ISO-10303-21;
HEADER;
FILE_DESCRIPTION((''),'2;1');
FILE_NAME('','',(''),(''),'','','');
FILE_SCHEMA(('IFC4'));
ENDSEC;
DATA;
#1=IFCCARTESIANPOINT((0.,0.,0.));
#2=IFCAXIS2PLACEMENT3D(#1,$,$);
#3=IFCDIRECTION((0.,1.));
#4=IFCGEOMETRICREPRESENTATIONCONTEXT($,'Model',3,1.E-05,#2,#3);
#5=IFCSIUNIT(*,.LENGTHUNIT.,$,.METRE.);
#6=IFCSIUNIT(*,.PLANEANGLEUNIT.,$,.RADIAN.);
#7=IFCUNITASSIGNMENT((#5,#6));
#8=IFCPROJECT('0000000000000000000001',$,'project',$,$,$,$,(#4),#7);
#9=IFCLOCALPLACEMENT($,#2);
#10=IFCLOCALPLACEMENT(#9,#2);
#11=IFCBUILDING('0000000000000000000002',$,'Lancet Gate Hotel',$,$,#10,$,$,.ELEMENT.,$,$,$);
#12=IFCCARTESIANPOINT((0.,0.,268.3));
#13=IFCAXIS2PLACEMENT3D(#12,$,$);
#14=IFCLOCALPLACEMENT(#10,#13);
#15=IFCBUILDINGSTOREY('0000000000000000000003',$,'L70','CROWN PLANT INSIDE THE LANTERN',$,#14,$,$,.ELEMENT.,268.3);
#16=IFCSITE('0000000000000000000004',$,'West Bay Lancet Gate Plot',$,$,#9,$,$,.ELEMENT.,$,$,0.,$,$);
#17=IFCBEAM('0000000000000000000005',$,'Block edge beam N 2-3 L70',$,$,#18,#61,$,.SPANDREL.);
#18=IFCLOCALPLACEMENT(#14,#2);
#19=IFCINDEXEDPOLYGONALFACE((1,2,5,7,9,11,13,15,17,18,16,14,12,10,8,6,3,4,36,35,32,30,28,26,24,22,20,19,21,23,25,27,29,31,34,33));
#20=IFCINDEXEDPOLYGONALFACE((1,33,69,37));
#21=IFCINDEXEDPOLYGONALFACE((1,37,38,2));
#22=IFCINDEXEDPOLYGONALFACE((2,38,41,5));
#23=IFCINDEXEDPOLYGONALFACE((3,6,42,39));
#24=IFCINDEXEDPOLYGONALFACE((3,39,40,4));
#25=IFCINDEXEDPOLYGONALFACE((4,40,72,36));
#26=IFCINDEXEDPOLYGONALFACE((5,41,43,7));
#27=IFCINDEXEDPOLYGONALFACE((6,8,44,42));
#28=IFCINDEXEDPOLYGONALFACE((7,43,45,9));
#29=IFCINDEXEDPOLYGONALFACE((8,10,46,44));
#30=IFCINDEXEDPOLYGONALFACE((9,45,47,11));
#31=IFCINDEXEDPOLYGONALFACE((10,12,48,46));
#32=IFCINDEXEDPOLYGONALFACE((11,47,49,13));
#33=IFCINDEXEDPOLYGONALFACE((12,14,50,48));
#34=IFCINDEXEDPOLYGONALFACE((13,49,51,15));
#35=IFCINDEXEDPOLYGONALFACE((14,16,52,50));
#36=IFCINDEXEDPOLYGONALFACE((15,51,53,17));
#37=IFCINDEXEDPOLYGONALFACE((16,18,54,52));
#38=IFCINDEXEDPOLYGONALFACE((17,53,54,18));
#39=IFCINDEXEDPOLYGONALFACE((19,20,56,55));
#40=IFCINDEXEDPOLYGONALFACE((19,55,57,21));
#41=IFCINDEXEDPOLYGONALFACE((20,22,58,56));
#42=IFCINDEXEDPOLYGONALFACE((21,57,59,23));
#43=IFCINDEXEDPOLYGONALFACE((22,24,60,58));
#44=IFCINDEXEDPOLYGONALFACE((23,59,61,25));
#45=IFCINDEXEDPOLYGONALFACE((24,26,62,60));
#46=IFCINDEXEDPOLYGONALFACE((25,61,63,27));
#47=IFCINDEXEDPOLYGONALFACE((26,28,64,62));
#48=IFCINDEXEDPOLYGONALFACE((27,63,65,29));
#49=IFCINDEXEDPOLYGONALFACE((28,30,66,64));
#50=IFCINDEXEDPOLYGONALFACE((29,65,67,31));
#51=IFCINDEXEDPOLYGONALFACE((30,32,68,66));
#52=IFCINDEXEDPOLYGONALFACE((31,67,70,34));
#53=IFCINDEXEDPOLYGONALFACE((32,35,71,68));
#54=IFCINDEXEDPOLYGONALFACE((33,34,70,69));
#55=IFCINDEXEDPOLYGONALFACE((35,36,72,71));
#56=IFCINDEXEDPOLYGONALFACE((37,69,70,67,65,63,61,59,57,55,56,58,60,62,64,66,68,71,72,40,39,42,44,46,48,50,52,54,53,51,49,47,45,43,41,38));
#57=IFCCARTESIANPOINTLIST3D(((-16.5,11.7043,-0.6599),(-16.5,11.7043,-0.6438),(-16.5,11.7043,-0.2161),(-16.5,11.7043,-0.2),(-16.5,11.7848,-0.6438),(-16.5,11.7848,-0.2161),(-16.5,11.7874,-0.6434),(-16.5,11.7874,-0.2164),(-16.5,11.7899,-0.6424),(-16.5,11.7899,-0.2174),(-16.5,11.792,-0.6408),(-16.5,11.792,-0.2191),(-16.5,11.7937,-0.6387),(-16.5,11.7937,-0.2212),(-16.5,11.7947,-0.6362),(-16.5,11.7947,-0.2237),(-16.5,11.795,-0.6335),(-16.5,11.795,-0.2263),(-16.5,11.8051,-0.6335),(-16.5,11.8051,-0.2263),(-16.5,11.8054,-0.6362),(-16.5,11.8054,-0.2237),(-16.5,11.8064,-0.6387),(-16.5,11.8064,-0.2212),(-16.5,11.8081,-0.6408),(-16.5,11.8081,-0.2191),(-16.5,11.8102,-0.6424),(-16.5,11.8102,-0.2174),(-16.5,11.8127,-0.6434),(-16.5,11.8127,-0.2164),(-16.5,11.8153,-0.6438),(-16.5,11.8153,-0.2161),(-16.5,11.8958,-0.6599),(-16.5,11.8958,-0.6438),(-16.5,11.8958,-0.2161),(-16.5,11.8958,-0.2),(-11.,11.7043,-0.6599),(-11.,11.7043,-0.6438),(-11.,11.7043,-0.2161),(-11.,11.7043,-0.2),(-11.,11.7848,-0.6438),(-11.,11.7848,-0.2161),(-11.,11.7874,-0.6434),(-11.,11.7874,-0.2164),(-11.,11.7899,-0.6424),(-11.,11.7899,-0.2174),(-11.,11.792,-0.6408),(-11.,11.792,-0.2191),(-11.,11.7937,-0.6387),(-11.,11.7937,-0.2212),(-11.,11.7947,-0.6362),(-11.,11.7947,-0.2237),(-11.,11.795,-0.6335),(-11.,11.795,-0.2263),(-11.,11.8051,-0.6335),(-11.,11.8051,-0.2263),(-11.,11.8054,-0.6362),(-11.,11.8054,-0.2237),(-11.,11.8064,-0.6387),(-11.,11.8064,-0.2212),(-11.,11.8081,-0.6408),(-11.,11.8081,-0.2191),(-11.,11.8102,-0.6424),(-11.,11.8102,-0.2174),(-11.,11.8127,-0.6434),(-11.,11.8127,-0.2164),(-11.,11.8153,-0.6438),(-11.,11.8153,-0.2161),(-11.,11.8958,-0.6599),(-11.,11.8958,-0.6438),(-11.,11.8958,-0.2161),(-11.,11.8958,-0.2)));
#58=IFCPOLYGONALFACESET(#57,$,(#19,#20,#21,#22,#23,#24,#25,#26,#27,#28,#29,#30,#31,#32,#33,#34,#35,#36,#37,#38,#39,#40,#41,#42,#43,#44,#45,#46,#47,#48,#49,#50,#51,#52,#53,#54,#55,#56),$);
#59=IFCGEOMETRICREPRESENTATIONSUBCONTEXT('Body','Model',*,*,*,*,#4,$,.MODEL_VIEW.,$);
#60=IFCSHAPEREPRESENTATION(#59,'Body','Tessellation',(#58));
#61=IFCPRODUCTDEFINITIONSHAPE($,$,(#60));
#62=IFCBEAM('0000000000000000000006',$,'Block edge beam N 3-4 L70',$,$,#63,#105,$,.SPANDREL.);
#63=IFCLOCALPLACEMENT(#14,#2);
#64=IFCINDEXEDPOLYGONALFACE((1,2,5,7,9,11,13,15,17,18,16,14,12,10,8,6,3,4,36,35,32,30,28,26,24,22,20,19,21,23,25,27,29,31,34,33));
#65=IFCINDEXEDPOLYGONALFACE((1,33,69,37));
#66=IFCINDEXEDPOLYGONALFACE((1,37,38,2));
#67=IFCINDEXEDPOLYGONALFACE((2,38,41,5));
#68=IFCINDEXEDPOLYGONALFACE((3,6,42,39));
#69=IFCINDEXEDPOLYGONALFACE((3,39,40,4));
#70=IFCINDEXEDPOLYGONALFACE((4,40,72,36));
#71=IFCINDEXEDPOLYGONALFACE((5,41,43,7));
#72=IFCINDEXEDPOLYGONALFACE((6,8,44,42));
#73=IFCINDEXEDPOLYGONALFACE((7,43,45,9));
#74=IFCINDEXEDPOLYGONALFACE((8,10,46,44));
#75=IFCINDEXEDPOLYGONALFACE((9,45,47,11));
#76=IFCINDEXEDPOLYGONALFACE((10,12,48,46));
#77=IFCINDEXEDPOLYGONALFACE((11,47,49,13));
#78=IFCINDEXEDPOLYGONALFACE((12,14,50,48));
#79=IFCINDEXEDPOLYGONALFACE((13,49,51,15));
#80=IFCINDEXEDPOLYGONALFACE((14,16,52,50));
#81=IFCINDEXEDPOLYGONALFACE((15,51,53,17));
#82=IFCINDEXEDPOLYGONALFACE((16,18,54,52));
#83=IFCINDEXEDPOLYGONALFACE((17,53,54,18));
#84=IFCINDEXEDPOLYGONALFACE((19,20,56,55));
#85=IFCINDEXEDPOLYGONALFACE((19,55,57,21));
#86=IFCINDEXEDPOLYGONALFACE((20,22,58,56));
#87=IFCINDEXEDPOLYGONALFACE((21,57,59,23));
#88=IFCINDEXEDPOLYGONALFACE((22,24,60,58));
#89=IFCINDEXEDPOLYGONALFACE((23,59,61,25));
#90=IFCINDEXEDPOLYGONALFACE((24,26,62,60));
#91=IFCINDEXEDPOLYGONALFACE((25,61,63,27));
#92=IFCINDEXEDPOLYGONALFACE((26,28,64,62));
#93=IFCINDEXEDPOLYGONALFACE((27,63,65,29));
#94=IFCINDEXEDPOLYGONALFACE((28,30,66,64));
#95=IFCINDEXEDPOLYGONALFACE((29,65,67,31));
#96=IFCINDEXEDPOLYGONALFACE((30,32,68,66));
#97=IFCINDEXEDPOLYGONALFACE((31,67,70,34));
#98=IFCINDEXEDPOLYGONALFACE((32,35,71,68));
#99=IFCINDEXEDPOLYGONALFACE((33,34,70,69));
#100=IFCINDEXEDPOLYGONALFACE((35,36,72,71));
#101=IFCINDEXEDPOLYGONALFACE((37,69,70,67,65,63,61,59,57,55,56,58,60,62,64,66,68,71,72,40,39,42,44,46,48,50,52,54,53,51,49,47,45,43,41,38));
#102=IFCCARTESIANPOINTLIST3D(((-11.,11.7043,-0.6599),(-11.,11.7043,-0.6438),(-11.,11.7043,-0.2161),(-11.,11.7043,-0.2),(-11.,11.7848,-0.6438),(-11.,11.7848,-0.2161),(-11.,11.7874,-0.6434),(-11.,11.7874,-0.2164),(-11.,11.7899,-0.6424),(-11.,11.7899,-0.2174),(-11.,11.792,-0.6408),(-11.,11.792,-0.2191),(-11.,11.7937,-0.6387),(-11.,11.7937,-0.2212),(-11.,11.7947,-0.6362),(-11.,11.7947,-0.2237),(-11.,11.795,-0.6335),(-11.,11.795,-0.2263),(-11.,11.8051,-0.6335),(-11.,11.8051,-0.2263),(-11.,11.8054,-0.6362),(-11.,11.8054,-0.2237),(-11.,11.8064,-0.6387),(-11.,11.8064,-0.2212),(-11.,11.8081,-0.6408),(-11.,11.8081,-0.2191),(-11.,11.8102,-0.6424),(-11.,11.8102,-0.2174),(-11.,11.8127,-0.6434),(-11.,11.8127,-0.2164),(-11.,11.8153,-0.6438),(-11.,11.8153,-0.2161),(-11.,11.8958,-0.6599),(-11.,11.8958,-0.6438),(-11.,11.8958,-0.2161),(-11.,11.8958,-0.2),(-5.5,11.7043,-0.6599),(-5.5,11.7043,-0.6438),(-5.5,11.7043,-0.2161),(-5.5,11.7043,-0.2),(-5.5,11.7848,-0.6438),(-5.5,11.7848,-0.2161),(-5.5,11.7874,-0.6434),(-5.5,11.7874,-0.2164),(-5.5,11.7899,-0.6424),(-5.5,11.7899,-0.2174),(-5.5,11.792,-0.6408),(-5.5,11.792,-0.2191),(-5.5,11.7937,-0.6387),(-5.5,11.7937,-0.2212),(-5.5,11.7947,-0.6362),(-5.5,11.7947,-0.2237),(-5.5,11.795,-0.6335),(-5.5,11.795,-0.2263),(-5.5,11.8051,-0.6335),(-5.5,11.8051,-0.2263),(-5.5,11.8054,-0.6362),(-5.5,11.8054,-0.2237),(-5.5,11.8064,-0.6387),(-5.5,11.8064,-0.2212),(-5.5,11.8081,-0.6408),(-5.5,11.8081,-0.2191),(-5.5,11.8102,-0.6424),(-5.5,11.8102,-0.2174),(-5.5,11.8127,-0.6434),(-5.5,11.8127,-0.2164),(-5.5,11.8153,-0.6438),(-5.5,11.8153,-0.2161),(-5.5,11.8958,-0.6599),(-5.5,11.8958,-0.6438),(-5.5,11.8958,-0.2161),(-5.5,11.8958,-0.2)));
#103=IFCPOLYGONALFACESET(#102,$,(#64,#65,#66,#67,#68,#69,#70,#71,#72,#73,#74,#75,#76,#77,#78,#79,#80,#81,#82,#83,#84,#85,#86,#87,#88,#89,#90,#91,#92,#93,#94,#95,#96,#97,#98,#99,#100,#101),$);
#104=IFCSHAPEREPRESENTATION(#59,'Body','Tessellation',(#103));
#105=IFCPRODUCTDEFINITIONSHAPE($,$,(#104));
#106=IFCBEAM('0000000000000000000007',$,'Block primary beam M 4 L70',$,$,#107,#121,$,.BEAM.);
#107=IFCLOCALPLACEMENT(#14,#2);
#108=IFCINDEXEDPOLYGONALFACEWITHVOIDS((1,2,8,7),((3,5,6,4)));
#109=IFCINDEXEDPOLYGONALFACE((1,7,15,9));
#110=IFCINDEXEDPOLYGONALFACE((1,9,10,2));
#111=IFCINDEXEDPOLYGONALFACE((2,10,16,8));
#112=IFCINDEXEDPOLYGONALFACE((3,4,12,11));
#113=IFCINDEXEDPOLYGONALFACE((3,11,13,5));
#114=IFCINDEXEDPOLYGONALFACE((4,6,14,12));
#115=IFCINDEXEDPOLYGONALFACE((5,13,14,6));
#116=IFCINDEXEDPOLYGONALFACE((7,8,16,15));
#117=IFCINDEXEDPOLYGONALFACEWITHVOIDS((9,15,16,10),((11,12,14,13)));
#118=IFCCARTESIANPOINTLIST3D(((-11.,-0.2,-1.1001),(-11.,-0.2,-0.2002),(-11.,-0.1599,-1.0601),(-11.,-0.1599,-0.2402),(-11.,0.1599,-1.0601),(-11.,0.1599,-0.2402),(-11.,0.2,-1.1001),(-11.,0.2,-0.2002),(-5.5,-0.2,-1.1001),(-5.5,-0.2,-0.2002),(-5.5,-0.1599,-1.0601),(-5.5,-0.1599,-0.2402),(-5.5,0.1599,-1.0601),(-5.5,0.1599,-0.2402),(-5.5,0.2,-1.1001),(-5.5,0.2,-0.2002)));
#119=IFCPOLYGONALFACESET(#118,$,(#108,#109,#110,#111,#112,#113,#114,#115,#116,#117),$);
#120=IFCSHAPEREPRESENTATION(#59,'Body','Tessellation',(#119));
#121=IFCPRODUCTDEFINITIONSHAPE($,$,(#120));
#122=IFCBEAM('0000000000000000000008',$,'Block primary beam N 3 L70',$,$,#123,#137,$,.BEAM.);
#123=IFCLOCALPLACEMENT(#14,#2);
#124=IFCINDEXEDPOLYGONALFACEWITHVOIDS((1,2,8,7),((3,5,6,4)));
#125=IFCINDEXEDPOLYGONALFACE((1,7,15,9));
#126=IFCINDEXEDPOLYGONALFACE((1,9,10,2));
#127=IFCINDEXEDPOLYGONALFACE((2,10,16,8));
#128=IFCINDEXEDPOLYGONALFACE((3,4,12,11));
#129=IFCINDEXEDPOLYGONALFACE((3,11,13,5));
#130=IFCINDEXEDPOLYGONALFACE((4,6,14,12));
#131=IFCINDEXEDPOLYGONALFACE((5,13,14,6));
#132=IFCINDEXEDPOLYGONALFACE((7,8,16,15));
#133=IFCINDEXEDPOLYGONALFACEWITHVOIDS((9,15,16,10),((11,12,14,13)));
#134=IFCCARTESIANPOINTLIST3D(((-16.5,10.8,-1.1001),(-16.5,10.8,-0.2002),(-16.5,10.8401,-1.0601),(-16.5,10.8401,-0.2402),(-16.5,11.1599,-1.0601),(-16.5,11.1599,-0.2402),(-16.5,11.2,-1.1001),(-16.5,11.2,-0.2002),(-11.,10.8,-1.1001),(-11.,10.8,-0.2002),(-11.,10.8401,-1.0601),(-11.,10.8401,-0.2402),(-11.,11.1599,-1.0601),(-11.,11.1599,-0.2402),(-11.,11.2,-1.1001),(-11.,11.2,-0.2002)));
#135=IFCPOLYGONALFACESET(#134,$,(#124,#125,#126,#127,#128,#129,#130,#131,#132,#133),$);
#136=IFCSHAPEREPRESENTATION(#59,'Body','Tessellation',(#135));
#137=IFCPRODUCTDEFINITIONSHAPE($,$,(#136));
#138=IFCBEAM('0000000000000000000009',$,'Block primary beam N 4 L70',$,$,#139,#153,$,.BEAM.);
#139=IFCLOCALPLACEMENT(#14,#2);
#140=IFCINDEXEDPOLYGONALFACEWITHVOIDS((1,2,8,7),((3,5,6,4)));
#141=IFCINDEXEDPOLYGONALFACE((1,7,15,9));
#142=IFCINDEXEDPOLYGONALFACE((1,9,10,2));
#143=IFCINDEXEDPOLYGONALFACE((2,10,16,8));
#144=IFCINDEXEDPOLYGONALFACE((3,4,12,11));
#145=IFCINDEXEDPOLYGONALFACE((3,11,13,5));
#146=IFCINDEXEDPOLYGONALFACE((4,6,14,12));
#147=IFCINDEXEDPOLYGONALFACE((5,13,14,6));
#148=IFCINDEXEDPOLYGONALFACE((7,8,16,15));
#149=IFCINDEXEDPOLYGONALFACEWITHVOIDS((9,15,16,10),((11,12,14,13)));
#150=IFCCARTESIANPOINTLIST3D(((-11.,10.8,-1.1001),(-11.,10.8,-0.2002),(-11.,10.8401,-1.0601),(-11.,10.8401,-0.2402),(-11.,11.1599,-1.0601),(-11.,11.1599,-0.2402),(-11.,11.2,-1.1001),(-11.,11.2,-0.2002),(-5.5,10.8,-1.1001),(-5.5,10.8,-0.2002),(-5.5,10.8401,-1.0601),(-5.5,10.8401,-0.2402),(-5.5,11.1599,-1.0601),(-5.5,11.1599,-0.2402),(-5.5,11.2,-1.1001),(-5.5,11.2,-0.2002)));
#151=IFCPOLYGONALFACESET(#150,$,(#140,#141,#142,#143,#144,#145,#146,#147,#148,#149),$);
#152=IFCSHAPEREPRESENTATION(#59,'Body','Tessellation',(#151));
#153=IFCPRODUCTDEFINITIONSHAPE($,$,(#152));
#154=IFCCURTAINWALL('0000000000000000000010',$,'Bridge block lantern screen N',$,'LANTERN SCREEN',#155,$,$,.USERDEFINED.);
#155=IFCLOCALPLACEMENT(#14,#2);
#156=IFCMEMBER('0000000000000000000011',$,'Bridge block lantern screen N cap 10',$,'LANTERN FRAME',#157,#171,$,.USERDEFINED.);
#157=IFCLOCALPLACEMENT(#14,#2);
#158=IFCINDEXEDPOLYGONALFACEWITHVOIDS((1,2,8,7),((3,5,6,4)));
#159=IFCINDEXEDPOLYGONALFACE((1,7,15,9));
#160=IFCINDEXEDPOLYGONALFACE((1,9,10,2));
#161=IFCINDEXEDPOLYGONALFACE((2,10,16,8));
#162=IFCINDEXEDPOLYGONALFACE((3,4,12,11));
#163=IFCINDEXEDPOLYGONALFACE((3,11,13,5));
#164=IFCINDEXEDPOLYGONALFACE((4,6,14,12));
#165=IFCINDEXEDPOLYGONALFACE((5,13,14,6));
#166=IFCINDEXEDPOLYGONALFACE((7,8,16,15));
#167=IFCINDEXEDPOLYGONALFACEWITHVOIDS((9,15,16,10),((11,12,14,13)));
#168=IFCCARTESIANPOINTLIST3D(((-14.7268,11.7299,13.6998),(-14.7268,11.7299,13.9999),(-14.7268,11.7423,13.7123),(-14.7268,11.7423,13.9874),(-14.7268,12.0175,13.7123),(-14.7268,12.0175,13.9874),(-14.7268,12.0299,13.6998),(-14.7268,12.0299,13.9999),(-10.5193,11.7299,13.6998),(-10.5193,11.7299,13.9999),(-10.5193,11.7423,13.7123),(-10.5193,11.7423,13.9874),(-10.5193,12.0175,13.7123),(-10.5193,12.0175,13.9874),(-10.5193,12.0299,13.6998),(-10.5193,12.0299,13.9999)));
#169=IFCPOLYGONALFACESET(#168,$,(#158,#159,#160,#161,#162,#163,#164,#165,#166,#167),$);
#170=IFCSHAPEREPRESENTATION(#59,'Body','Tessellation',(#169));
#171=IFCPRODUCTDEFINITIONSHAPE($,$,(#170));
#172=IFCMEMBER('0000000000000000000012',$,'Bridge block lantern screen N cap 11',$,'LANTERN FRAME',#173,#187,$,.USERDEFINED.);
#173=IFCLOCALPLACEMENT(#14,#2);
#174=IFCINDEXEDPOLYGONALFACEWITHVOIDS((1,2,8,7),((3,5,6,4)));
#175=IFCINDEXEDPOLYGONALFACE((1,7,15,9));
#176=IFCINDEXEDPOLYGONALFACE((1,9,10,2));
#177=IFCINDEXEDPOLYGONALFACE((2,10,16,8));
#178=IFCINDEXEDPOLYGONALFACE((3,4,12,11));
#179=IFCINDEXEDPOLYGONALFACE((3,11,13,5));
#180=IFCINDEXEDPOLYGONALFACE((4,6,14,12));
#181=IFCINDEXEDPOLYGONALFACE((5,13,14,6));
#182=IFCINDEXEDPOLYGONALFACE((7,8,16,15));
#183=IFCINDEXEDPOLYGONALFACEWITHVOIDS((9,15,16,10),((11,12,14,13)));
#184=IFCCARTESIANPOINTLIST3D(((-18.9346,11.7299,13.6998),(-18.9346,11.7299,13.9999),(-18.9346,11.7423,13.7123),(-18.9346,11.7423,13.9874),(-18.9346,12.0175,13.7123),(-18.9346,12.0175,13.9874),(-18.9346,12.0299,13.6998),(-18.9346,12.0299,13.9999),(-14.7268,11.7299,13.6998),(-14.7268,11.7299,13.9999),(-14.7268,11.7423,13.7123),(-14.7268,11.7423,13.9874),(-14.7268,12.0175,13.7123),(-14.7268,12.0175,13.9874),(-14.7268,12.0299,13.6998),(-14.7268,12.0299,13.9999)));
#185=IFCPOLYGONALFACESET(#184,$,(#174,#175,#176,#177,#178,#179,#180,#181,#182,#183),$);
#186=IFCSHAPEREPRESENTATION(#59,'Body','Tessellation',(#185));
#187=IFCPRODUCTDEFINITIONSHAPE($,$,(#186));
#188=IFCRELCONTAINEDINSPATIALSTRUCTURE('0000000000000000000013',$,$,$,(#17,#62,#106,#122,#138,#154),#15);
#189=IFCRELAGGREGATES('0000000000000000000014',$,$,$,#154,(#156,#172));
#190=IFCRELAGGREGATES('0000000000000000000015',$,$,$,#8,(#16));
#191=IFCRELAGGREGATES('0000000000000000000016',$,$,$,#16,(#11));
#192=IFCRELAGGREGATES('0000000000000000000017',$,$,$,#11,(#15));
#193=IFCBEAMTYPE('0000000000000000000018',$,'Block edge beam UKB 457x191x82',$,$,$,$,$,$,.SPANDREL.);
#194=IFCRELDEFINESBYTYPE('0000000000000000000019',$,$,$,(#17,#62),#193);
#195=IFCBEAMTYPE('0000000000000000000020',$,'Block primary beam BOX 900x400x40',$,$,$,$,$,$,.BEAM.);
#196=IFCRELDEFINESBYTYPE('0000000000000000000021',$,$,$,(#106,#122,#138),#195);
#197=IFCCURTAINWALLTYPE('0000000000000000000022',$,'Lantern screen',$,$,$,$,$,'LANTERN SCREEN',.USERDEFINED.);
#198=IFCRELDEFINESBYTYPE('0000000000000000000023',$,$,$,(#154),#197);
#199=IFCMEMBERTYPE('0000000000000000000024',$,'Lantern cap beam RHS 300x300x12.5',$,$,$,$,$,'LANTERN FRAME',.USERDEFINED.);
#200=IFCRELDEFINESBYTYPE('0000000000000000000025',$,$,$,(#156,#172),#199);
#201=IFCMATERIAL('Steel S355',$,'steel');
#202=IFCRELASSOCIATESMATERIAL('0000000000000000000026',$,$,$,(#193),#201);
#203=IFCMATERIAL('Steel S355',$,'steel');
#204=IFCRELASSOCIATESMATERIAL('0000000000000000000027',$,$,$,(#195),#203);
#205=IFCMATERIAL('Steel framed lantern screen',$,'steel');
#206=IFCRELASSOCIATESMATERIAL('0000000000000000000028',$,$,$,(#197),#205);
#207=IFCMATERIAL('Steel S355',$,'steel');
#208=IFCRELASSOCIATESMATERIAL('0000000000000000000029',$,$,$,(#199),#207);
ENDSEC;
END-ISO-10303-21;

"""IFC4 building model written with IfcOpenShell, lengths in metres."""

from ifc_helpers import new_model, si_unit, direction, frame, origin, origin_2d, place, context, subcontext, project, spatial, hollow_rectangle, i_section, extrude, material, material_profile, profile_set, type_object, element, aggregate, save


model = new_model("IFC4")

# Units and contexts
model_context = context("Model", 3, precision=1e-05, world=origin(), true_north=direction((0.0, 1.0)))
body_context = subcontext(model_context, "Body", "Model", "MODEL_VIEW")
ifc_project = project(units=[si_unit("LENGTHUNIT", "METRE"), si_unit("PLANEANGLEUNIT", "RADIAN")], contexts=[model_context])

# Site, building, storey
site_placement = place(None, origin())
site = spatial("IfcSite", under=ifc_project, at=site_placement, Name="West Bay Lancet Gate Plot", CompositionType="ELEMENT", RefElevation=0.0)
building_placement = place(site_placement, origin())
building = spatial("IfcBuilding", under=site, at=building_placement, Name="Lancet Gate Hotel", CompositionType="ELEMENT")
storey_placement = place(building_placement, frame((0.0, 0.0, 268.3)))
storey = spatial("IfcBuildingStorey", under=building, at=storey_placement, Name="L70", Description="CROWN PLANT INSIDE THE LANTERN", CompositionType="ELEMENT", Elevation=268.3)

# Beams
ifc_material_1 = material(Name="Steel S355", Category="steel")
ifc_material_profile_1 = material_profile(ifc_material_1, i_section(OverallWidth=0.1914, OverallDepth=0.46, WebThickness=0.01, FlangeThickness=0.0161, FilletRadius=0.0103, at=origin_2d()), Name="UKB 457x191x82")
ifc_profile_set_1 = profile_set([ifc_material_profile_1], Name="Steel S355")
beam_type_1 = type_object("IfcBeamType", Name="Block edge beam UKB 457x191x82", PredefinedType="SPANDREL", material=ifc_profile_set_1)
for number, where, z_axis, x_axis, name in (
    (1, (-16.5, 11.8, -0.4299), (1.0, 0.0, 0.0), (0.0, 1.0, 0.0), "Block edge beam N 2-3 L70"),
    (2, (-11.0, 11.8, -0.4299), (1.0, 0.0, 0.0), (0.0, 1.0, 0.0), "Block edge beam N 3-4 L70"),
):
    element("IfcBeam", number, at=place(storey_placement, frame(where, z_axis=z_axis, x_axis=x_axis)), inside=storey, type_object=beam_type_1, Name=name, PredefinedType="SPANDREL", context=body_context, shape_type="SweptSolid", body=[
        extrude(i_section(OverallWidth=0.1914, OverallDepth=0.46, WebThickness=0.01, FlangeThickness=0.0161, FilletRadius=0.0103, at=origin_2d()), origin(), (0.0, 0.0, 1.0), 5.5),
    ])
ifc_material_2 = material(Name="Steel S355", Category="steel")
ifc_material_profile_2 = material_profile(ifc_material_2, hollow_rectangle(XDim=0.3999, YDim=0.8999, WallThickness=0.04, at=origin_2d()), Name="BOX 900x400x40")
ifc_profile_set_2 = profile_set([ifc_material_profile_2], Name="Steel S355")
beam_type_2 = type_object("IfcBeamType", Name="Block primary beam BOX 900x400x40", PredefinedType="BEAM", material=ifc_profile_set_2)
for number, where, z_axis, x_axis, name in (
    (3, (-11.0, 0.0, -0.6501), (1.0, 0.0, 0.0), (0.0, 1.0, 0.0), "Block primary beam M 4 L70"),
    (4, (-16.5, 11.0, -0.6501), (1.0, 0.0, 0.0), (0.0, 1.0, 0.0), "Block primary beam N 3 L70"),
    (5, (-11.0, 11.0, -0.6501), (1.0, 0.0, 0.0), (0.0, 1.0, 0.0), "Block primary beam N 4 L70"),
):
    element("IfcBeam", number, at=place(storey_placement, frame(where, z_axis=z_axis, x_axis=x_axis)), inside=storey, type_object=beam_type_2, Name=name, PredefinedType="BEAM", context=body_context, shape_type="SweptSolid", body=[
        extrude(hollow_rectangle(XDim=0.3999, YDim=0.8999, WallThickness=0.04, at=origin_2d()), origin(), (0.0, 0.0, 1.0), 5.5),
    ])

# Curtain wall, members
ifc_material_3 = material(Name="Steel framed lantern screen", Category="steel")
curtain_wall_type_1 = type_object("IfcCurtainWallType", Name="Lantern screen", ElementType="LANTERN SCREEN", PredefinedType="USERDEFINED", material=ifc_material_3)
curtain_wall_1_placement = place(storey_placement, origin())
curtain_wall_1 = element("IfcCurtainWall", 6, at=curtain_wall_1_placement, inside=storey, type_object=curtain_wall_type_1, Name="Bridge block lantern screen N", ObjectType="LANTERN SCREEN", PredefinedType="USERDEFINED")
ifc_material_4 = material(Name="Steel S355", Category="steel")
ifc_material_profile_3 = material_profile(ifc_material_4, hollow_rectangle(XDim=0.3, YDim=0.3, WallThickness=0.0125, at=origin_2d()), Name="RHS 300x300x12.5")
ifc_profile_set_3 = profile_set([ifc_material_profile_3], Name="Steel S355")
member_type_1 = type_object("IfcMemberType", Name="Lantern cap beam RHS 300x300x12.5", ElementType="LANTERN FRAME", PredefinedType="USERDEFINED", material=ifc_profile_set_3)
member_1_placement = place(storey_placement, frame((-10.5193, 11.8799, 13.8499), z_axis=(-1.0, 0.0, 0.0), x_axis=(0.0, -1.0, 0.0)))
member_1 = element("IfcMember", 7, at=member_1_placement, type_object=member_type_1, Name="Bridge block lantern screen N cap 10", ObjectType="LANTERN FRAME", PredefinedType="USERDEFINED", context=body_context, shape_type="SweptSolid", body=[
    extrude(hollow_rectangle(XDim=0.3, YDim=0.3, WallThickness=0.0125, at=origin_2d()), origin(), (0.0, 0.0, 1.0), 4.2075),
])
member_2_placement = place(storey_placement, frame((-14.7268, 11.8799, 13.8499), z_axis=(-1.0, 0.0, 0.0), x_axis=(0.0, -1.0, 0.0)))
member_2 = element("IfcMember", 8, at=member_2_placement, type_object=member_type_1, Name="Bridge block lantern screen N cap 11", ObjectType="LANTERN FRAME", PredefinedType="USERDEFINED", context=body_context, shape_type="SweptSolid", body=[
    extrude(hollow_rectangle(XDim=0.3, YDim=0.3, WallThickness=0.0125, at=origin_2d()), origin(), (0.0, 0.0, 1.0), 4.2078),
])

aggregate(curtain_wall_1, [member_1, member_2])

save(model, "model.ifc")
